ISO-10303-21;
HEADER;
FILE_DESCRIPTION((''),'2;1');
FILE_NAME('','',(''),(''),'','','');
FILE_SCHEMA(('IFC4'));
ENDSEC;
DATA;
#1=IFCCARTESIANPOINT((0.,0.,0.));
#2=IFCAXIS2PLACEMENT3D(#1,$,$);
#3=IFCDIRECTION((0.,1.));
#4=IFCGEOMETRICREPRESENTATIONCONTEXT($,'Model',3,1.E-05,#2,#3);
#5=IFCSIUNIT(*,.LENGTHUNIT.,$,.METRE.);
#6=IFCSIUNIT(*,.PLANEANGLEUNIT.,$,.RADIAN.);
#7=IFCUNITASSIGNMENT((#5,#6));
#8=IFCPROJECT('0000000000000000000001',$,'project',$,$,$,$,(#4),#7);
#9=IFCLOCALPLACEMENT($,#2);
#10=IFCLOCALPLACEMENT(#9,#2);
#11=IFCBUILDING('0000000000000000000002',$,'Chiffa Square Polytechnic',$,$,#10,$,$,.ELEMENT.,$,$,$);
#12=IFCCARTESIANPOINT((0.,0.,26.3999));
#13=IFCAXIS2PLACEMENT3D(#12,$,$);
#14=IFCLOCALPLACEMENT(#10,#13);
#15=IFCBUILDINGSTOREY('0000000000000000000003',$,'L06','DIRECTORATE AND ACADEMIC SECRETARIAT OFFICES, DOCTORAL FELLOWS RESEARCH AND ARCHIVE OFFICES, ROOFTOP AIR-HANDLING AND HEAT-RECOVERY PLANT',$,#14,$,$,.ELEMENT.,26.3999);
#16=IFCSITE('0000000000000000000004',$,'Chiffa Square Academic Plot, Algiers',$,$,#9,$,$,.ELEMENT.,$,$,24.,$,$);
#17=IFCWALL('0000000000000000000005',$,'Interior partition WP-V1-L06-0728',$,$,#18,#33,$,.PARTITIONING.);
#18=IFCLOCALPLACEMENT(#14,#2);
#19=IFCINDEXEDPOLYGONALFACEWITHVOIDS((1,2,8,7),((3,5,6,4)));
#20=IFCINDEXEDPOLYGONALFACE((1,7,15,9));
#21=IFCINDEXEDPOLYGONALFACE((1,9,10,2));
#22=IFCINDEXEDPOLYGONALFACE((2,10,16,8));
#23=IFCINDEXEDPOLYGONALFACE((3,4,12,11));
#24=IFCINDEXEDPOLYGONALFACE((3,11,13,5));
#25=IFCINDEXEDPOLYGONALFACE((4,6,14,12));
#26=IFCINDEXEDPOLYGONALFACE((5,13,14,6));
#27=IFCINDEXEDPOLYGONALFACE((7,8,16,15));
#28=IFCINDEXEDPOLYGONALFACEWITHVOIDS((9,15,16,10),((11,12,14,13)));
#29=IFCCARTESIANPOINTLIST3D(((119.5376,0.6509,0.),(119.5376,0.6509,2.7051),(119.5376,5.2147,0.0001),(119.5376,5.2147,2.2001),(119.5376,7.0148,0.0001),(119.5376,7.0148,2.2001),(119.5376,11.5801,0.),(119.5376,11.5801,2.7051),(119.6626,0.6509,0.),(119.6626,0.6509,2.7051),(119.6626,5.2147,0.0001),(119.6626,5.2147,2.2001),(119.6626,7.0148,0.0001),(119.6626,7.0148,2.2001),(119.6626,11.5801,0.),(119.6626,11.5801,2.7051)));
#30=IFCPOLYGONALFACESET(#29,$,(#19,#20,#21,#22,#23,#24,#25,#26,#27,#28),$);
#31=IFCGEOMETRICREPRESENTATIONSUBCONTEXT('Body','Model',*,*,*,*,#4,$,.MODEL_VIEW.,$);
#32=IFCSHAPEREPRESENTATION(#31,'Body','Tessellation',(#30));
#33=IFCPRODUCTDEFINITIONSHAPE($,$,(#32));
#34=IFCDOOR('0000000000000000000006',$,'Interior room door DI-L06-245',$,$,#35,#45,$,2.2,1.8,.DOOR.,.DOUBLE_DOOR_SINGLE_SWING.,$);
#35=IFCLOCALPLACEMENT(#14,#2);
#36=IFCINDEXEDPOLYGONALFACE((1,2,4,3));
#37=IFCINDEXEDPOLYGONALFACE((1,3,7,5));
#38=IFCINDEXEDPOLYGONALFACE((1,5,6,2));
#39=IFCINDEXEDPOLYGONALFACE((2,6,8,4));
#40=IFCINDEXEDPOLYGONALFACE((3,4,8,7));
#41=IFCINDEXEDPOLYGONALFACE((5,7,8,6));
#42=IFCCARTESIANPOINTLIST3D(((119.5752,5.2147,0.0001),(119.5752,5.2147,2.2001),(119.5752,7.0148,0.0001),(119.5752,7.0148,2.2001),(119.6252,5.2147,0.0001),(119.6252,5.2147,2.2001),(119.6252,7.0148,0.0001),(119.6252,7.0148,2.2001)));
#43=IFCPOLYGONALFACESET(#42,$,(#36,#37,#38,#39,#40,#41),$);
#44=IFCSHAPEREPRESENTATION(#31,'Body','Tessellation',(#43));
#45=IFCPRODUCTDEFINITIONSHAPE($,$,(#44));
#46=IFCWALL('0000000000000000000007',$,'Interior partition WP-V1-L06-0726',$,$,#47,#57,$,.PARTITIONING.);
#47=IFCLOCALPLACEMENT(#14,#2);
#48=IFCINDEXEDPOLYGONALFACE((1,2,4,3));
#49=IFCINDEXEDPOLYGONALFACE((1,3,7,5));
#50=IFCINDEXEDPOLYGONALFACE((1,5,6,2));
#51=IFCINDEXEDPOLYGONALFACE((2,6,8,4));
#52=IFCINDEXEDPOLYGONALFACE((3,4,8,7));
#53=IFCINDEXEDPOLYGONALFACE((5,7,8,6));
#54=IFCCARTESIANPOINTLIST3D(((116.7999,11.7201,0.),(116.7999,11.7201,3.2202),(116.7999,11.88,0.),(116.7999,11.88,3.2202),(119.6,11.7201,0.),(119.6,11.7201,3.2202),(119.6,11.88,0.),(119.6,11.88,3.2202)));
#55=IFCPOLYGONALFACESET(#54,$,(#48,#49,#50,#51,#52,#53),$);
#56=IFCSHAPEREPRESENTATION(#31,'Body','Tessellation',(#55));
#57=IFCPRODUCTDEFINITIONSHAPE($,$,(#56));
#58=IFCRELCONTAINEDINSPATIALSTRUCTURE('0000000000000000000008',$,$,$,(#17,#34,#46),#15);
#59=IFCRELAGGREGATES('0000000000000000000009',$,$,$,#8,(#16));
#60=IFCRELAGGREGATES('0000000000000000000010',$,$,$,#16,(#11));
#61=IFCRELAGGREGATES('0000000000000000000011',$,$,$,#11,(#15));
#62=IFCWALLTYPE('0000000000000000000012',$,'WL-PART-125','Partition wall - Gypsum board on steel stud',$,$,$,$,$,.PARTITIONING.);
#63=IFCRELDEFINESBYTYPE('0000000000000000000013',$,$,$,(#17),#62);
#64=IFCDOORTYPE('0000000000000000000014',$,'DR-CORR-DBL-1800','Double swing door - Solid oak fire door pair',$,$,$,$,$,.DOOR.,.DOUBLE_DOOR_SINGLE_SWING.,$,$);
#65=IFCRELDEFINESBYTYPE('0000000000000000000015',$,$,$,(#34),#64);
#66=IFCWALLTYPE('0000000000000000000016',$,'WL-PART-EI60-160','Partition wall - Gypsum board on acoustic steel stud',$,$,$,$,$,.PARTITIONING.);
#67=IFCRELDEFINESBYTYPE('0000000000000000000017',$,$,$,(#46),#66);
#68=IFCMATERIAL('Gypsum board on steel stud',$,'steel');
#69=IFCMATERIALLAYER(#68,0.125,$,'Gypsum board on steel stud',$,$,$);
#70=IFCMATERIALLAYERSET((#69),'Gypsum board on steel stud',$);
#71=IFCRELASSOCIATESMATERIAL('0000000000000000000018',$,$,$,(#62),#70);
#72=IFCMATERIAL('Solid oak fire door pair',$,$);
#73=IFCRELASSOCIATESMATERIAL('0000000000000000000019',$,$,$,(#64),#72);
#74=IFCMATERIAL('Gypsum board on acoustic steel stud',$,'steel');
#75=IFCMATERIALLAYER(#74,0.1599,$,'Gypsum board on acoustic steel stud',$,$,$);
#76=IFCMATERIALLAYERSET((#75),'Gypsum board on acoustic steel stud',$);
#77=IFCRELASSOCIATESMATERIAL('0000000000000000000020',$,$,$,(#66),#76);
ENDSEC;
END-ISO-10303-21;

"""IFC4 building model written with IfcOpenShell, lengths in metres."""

from ifc_helpers import new_model, si_unit, direction, frame, frame_2d, origin, place, context, subcontext, project, spatial, rectangle, extrude, material, layer, layer_set, type_object, element, fill, save


model = new_model("IFC4")

# Units and contexts
model_context = context("Model", 3, precision=1e-05, world=origin(), true_north=direction((0.0, 1.0)))
body_context = subcontext(model_context, "Body", "Model", "MODEL_VIEW")
ifc_project = project(units=[si_unit("LENGTHUNIT", "METRE"), si_unit("PLANEANGLEUNIT", "RADIAN")], contexts=[model_context])

# Site, building, storey
site_placement = place(None, origin())
site = spatial("IfcSite", under=ifc_project, at=site_placement, Name="Chiffa Square Academic Plot, Algiers", CompositionType="ELEMENT", RefElevation=24.0)
building_placement = place(site_placement, origin())
building = spatial("IfcBuilding", under=site, at=building_placement, Name="Chiffa Square Polytechnic", CompositionType="ELEMENT")
storey_placement = place(building_placement, frame((0.0, 0.0, 26.3999)))
storey = spatial("IfcBuildingStorey", under=building, at=storey_placement, Name="L06", Description="DIRECTORATE AND ACADEMIC SECRETARIAT OFFICES, DOCTORAL FELLOWS RESEARCH AND ARCHIVE OFFICES, ROOFTOP AIR-HANDLING AND HEAT-RECOVERY PLANT", CompositionType="ELEMENT", Elevation=26.3999)

# Wall, opening, door
ifc_material_1 = material(Name="Gypsum board on steel stud", Category="steel")
ifc_layer_1 = layer(ifc_material_1, 0.125, Name="Gypsum board on steel stud")
ifc_layer_set_1 = layer_set([ifc_layer_1], Name="Gypsum board on steel stud")
wall_type_1 = type_object("IfcWallType", Name="WL-PART-125", Description="Partition wall - Gypsum board on steel stud", PredefinedType="PARTITIONING", material=ifc_layer_set_1)
wall_1_placement = place(storey_placement, frame((119.6001, 0.6509, 0.0), z_axis=(0.0, 0.0, 1.0), x_axis=(0.0, 1.0, 0.0)))
wall_1 = element("IfcWall", 1, at=wall_1_placement, inside=storey, type_object=wall_type_1, Name="Interior partition WP-V1-L06-0728", PredefinedType="PARTITIONING", context=body_context, shape_type="SweptSolid", body=[
    extrude(rectangle(XDim=10.9292, YDim=0.125, at=frame_2d((5.4646, 0.0))), origin(), (0.0, 0.0, 1.0), 2.7051),
])
opening_placement = place(wall_1_placement, frame((4.564, 0.0, 0.0)))
opening = element("IfcOpeningElement", 2, at=opening_placement, cuts=wall_1, PredefinedType="OPENING", context=body_context, shape_type="SweptSolid", body=[
    extrude(rectangle(XDim=1.8, YDim=2.2, at=frame_2d((0.8999, 1.1001))), frame((0.0, 0.0725, 0.0), z_axis=(0.0, -1.0, 0.0), x_axis=(1.0, 0.0, 0.0)), (0.0, 0.0, 1.0), 0.145),
])
ifc_material_2 = material(Name="Solid oak fire door pair")
door_type = type_object("IfcDoorType", Name="DR-CORR-DBL-1800", Description="Double swing door - Solid oak fire door pair", OperationType="DOUBLE_DOOR_SINGLE_SWING", PredefinedType="DOOR", material=ifc_material_2)
door_placement = place(opening_placement, origin())
door = element("IfcDoor", 3, at=door_placement, inside=storey, type_object=door_type, Name="Interior room door DI-L06-245", OperationType="DOUBLE_DOOR_SINGLE_SWING", OverallHeight=2.2, OverallWidth=1.8, PredefinedType="DOOR", context=body_context, shape_type="SweptSolid", body=[
    extrude(rectangle(XDim=1.8, YDim=2.2, at=frame_2d((0.8999, 1.1001))), frame((0.0, 0.0249, 0.0), z_axis=(0.0, -1.0, 0.0), x_axis=(1.0, 0.0, 0.0)), (0.0, 0.0, 1.0), 0.05),
])
fill(opening, door)

# Wall
ifc_material_3 = material(Name="Gypsum board on acoustic steel stud", Category="steel")
ifc_layer_2 = layer(ifc_material_3, 0.1599, Name="Gypsum board on acoustic steel stud")
ifc_layer_set_2 = layer_set([ifc_layer_2], Name="Gypsum board on acoustic steel stud")
wall_type_2 = type_object("IfcWallType", Name="WL-PART-EI60-160", Description="Partition wall - Gypsum board on acoustic steel stud", PredefinedType="PARTITIONING", material=ifc_layer_set_2)
wall_2_placement = place(storey_placement, frame((116.8, 11.8, 0.0), z_axis=(0.0, 0.0, 1.0), x_axis=(1.0, 0.0, 0.0)))
element("IfcWall", 4, at=wall_2_placement, inside=storey, type_object=wall_type_2, Name="Interior partition WP-V1-L06-0726", PredefinedType="PARTITIONING", context=body_context, shape_type="SweptSolid", body=[
    extrude(rectangle(XDim=2.8, YDim=0.1599, at=frame_2d((1.3999, 0.0))), origin(), (0.0, 0.0, 1.0), 3.2202),
])

save(model, "model.ifc")
